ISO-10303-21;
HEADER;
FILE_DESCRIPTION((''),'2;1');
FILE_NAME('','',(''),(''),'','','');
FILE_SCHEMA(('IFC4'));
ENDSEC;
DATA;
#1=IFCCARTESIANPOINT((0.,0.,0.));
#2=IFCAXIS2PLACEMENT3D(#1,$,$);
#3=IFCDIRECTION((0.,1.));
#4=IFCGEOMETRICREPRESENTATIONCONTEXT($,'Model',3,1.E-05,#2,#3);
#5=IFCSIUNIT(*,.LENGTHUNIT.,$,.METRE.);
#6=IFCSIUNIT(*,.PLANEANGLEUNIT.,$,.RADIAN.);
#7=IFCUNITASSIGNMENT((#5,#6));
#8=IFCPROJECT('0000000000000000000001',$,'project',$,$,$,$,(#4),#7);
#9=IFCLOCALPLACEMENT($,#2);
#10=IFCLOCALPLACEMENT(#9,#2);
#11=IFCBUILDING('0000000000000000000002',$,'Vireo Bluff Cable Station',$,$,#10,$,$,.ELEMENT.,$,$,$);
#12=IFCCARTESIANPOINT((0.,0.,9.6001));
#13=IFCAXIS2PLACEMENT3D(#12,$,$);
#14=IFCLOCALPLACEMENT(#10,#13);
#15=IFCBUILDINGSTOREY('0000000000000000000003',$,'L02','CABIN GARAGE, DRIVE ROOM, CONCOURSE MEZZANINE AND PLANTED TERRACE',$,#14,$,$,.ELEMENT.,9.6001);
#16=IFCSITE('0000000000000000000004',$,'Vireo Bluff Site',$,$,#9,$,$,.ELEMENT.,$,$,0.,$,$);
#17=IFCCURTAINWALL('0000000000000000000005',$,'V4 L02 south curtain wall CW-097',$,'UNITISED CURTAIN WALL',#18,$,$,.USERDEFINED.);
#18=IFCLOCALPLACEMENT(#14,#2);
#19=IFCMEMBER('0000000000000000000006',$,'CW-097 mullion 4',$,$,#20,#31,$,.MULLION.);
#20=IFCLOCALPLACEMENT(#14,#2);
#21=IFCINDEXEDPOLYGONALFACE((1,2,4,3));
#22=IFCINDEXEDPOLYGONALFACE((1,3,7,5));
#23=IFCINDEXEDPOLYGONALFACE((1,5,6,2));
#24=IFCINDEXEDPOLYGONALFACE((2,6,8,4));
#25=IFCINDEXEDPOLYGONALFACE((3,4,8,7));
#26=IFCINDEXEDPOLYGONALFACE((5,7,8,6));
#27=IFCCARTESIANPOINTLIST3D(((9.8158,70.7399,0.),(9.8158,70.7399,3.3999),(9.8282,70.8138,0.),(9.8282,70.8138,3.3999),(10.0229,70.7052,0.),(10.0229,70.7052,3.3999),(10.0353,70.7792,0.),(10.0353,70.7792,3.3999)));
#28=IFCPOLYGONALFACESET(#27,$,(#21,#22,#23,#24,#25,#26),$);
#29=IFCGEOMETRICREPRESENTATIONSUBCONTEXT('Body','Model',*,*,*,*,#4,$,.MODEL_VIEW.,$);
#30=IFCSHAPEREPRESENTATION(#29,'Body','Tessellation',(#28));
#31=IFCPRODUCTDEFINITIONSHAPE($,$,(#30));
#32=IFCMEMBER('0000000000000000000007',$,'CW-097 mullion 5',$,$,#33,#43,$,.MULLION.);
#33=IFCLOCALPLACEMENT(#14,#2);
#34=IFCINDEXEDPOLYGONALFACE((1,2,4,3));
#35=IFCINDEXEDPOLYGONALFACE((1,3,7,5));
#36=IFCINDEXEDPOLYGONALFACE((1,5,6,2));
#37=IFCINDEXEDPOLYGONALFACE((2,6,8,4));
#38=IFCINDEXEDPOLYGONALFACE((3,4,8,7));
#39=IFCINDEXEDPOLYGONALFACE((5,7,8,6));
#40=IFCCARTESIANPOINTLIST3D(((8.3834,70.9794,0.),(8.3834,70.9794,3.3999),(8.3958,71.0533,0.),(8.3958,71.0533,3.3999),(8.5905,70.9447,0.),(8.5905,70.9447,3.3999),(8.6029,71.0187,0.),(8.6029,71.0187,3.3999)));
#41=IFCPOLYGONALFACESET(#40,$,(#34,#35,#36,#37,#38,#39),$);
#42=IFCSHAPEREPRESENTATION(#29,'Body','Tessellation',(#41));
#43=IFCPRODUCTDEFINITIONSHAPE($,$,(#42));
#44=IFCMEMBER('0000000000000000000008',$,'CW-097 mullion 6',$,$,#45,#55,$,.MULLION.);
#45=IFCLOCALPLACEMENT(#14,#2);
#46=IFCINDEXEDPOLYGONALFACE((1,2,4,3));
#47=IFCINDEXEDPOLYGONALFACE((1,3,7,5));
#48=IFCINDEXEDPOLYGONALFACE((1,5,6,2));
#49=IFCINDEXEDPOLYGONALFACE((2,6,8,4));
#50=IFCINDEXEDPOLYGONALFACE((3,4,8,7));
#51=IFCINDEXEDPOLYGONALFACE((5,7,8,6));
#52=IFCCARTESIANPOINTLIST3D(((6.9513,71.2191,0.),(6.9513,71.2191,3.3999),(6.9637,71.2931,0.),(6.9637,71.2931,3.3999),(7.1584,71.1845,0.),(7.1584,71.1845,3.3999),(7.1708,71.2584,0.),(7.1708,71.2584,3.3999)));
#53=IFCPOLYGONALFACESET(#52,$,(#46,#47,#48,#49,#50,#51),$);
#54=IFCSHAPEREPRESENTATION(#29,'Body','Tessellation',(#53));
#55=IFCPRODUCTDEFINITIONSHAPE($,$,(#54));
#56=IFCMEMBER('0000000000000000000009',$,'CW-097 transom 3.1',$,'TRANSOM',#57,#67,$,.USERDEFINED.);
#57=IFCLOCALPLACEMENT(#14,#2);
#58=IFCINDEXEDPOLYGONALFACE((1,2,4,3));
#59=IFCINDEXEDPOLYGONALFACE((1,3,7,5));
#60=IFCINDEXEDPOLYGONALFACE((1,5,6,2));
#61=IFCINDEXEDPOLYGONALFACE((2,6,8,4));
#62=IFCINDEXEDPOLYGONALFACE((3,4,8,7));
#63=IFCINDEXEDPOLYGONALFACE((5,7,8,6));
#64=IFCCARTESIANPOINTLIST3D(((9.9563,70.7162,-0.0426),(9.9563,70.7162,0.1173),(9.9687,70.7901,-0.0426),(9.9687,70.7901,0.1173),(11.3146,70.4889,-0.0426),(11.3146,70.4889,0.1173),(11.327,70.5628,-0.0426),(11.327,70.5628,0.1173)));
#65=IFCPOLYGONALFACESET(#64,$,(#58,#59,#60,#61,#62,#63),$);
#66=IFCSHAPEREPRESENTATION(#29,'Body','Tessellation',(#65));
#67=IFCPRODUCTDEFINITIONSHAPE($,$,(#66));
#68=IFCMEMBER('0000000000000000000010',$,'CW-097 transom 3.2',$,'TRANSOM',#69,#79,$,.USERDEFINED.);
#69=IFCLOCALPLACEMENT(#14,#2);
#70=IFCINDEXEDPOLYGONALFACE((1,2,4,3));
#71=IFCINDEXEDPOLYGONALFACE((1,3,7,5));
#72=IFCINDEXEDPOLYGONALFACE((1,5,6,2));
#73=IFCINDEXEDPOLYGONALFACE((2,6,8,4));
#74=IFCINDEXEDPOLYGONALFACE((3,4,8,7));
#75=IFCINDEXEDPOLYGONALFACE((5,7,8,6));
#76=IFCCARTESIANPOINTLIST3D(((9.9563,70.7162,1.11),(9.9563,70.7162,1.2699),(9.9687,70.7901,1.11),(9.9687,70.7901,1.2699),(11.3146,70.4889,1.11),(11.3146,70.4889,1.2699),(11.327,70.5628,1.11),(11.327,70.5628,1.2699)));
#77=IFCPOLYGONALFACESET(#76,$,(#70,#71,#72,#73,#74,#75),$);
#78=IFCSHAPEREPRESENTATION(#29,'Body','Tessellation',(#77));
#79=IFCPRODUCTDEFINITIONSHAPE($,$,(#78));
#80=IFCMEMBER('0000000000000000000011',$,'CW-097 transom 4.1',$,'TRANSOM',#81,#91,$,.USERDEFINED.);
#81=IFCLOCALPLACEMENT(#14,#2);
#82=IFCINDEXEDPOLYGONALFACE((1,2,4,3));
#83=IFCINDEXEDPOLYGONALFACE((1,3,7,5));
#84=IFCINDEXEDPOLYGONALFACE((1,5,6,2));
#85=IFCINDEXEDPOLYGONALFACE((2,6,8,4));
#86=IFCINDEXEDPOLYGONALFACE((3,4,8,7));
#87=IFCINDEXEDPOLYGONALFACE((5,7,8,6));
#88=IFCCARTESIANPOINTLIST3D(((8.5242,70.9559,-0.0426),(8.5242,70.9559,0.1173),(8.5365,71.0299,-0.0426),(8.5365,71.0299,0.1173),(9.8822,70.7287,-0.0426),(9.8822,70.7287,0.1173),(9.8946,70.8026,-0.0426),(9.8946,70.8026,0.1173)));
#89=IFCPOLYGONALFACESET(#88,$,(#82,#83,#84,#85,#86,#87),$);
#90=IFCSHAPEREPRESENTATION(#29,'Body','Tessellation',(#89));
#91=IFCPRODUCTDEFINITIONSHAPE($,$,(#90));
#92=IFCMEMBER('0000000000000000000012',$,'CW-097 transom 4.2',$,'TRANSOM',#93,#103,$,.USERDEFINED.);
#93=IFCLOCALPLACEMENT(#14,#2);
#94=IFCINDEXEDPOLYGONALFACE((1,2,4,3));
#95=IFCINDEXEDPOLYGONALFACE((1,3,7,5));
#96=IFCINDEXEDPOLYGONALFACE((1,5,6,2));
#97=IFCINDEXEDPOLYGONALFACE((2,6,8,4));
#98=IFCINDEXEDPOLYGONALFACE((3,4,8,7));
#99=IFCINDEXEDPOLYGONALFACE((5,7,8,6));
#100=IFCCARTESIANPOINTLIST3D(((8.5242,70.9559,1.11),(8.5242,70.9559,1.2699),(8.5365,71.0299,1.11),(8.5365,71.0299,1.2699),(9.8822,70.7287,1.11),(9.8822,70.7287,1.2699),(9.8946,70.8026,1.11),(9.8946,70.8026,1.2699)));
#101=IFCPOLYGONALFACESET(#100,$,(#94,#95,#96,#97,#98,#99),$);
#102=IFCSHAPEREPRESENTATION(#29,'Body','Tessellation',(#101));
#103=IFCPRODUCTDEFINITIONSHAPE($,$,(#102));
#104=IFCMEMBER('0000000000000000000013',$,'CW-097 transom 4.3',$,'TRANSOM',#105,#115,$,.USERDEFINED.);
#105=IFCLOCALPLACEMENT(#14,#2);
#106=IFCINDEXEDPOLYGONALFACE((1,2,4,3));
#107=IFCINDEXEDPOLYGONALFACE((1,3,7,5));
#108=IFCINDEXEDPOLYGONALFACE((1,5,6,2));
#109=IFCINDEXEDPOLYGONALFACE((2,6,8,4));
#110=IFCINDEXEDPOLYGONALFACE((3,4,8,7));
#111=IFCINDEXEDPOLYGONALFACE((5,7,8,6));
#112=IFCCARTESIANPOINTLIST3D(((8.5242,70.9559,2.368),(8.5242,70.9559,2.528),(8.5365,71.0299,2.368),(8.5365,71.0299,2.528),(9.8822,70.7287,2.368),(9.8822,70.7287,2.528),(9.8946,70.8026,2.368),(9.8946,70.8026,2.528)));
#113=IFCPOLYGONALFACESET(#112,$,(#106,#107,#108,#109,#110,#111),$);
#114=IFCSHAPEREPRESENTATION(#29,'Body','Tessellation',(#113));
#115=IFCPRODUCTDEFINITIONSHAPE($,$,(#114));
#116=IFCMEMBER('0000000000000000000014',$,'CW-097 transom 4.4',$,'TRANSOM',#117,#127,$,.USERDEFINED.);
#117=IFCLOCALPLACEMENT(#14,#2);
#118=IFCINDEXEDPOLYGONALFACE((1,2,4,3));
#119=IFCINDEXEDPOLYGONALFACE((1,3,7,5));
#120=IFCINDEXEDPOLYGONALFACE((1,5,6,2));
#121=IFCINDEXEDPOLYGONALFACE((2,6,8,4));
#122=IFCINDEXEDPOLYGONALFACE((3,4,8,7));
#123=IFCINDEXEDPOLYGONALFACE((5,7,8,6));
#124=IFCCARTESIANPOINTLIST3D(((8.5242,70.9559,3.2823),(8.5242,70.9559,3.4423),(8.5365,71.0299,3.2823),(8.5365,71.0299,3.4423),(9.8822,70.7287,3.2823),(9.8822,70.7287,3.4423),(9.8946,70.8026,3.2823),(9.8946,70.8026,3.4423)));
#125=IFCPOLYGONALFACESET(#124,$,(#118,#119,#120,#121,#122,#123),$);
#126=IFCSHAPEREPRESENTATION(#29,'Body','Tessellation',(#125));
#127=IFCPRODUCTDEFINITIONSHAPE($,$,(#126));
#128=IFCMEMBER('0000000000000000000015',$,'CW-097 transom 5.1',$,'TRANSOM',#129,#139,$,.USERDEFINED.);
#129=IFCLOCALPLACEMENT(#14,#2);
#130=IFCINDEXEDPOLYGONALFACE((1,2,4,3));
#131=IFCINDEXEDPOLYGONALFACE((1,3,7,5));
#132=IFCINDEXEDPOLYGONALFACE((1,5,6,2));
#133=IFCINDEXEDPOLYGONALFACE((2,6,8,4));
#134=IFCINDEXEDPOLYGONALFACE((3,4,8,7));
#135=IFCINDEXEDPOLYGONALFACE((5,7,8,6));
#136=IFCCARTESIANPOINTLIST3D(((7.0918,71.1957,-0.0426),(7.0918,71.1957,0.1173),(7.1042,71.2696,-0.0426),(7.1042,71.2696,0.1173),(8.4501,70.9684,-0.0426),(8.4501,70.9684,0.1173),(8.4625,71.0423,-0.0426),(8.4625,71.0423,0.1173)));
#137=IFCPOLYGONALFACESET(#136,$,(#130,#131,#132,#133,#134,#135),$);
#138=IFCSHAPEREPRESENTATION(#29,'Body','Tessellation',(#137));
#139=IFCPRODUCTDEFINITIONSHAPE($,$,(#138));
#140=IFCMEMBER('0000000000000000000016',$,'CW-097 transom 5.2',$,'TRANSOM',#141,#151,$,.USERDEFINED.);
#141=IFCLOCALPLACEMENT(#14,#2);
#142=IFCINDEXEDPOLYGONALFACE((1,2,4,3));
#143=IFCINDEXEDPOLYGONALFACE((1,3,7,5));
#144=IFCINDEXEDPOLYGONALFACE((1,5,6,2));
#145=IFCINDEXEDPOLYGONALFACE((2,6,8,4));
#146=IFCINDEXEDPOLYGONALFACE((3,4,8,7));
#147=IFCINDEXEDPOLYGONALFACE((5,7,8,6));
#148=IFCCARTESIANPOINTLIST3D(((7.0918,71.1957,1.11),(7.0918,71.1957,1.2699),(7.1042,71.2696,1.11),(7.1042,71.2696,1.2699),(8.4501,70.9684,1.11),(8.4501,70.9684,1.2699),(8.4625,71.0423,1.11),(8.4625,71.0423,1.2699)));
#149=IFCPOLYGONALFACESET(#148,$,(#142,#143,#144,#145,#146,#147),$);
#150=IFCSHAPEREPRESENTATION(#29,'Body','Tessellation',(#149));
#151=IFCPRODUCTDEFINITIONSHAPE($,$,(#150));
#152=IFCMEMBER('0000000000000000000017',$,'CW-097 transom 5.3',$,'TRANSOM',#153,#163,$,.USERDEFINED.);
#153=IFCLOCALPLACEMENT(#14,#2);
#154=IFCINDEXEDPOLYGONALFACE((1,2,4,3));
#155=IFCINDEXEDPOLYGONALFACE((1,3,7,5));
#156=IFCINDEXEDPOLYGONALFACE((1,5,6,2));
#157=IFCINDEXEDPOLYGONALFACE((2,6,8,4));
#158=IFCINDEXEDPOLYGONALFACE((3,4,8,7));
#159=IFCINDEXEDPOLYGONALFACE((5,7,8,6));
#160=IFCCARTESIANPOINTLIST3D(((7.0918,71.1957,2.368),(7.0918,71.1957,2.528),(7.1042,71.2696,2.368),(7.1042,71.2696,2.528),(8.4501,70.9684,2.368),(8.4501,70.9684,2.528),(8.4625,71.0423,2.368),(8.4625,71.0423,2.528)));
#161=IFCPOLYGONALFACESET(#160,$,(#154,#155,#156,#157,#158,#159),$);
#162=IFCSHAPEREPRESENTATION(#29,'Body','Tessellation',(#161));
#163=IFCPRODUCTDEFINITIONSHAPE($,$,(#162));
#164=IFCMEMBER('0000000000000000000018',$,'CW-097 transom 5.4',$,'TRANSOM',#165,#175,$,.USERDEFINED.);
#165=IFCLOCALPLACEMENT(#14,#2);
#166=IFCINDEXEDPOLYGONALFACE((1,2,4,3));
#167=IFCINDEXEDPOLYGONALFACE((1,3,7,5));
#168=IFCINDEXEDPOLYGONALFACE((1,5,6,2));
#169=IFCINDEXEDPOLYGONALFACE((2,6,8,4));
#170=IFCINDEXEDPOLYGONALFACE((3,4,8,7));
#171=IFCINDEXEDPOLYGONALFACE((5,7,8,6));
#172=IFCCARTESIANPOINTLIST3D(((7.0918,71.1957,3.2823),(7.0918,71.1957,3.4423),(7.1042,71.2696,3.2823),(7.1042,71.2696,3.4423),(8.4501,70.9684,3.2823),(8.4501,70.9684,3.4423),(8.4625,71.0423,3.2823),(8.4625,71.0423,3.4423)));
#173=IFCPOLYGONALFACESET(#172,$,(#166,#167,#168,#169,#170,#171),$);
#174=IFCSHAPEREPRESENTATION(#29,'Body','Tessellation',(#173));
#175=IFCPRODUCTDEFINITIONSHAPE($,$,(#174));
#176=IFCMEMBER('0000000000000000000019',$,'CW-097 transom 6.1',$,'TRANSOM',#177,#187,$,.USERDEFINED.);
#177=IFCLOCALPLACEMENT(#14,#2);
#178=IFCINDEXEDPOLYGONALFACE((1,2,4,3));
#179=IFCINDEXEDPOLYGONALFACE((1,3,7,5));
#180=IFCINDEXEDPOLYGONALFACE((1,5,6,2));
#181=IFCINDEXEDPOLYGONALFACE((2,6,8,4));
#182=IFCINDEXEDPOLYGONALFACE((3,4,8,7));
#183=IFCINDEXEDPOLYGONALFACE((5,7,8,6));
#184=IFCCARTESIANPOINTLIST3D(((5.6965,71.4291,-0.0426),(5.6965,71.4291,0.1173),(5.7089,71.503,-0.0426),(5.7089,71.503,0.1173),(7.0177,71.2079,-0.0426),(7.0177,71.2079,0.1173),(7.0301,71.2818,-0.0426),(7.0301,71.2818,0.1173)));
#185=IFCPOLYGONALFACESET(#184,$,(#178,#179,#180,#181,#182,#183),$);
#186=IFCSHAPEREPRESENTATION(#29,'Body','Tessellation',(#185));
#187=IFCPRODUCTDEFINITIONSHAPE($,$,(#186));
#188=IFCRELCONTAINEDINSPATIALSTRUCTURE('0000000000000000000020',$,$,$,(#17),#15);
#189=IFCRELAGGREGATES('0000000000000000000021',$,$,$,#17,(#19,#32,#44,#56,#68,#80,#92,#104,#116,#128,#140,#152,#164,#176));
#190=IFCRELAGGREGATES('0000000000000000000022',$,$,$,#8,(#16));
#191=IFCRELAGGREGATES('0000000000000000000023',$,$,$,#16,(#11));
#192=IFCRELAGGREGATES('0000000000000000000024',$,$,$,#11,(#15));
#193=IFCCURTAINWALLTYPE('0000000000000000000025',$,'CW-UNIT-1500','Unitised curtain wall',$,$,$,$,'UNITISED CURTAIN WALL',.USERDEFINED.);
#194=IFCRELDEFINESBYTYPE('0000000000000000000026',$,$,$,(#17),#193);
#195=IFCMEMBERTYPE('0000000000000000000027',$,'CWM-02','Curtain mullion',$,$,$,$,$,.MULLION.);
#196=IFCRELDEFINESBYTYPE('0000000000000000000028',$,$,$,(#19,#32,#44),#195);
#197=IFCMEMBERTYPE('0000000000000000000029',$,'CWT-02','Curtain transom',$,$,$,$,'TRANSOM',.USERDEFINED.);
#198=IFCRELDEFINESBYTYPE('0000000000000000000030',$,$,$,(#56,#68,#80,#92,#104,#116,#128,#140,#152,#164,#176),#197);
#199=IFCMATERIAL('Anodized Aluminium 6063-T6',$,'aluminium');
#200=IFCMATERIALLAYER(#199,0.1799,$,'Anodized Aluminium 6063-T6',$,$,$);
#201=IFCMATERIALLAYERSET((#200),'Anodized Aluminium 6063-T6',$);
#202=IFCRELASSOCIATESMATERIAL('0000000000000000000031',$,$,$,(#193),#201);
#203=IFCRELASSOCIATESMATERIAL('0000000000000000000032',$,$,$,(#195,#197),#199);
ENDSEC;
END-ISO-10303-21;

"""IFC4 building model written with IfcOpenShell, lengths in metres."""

from ifc_helpers import new_model, si_unit, direction, frame, origin, origin_2d, place, context, subcontext, project, spatial, rectangle, extrude, material, layer, layer_set, material_profile, profile_set, type_object, element, aggregate, save


model = new_model("IFC4")

# Units and contexts
model_context = context("Model", 3, precision=1e-05, world=origin(), true_north=direction((0.0, 1.0)))
body_context = subcontext(model_context, "Body", "Model", "MODEL_VIEW")
ifc_project = project(units=[si_unit("LENGTHUNIT", "METRE"), si_unit("PLANEANGLEUNIT", "RADIAN")], contexts=[model_context])

# Site, building, storey
site_placement = place(None, origin())
site = spatial("IfcSite", under=ifc_project, at=site_placement, Name="Vireo Bluff Site", CompositionType="ELEMENT", RefElevation=0.0)
building_placement = place(site_placement, origin())
building = spatial("IfcBuilding", under=site, at=building_placement, Name="Vireo Bluff Cable Station", CompositionType="ELEMENT")
storey_placement = place(building_placement, frame((0.0, 0.0, 9.6001)))
storey = spatial("IfcBuildingStorey", under=building, at=storey_placement, Name="L02", Description="CABIN GARAGE, DRIVE ROOM, CONCOURSE MEZZANINE AND PLANTED TERRACE", CompositionType="ELEMENT", Elevation=9.6001)

# Curtain wall, members
ifc_material_1 = material(Name="Anodized Aluminium 6063-T6", Category="aluminium")
ifc_layer_1 = layer(ifc_material_1, 0.1799, Name="Anodized Aluminium 6063-T6")
ifc_layer_set_1 = layer_set([ifc_layer_1], Name="Anodized Aluminium 6063-T6")
curtain_wall_type = type_object("IfcCurtainWallType", Name="CW-UNIT-1500", Description="Unitised curtain wall", ElementType="UNITISED CURTAIN WALL", PredefinedType="USERDEFINED", material=ifc_layer_set_1)
curtain_wall_placement = place(storey_placement, origin())
curtain_wall = element("IfcCurtainWall", 1, at=curtain_wall_placement, inside=storey, type_object=curtain_wall_type, Name="V4 L02 south curtain wall CW-097", ObjectType="UNITISED CURTAIN WALL", PredefinedType="USERDEFINED")
ifc_material_profile_1 = material_profile(ifc_material_1, rectangle(XDim=0.075, YDim=0.21, at=origin_2d()), Name="ALU-M-75X210")
ifc_profile_set_1 = profile_set([ifc_material_profile_1], Name="Anodized Aluminium 6063-T6")
member_type_1 = type_object("IfcMemberType", Name="CWM-02", Description="Curtain mullion", PredefinedType="MULLION", material=ifc_profile_set_1)
member_1_placement = place(storey_placement, frame((9.9255, 70.7595, 0.0), z_axis=(0.0, 0.0, 1.0), x_axis=(-0.165048, -0.986286, 0.0)))
member_1 = element("IfcMember", 2, at=member_1_placement, type_object=member_type_1, Name="CW-097 mullion 4", PredefinedType="MULLION", context=body_context, shape_type="SweptSolid", body=[
    extrude(rectangle(XDim=0.075, YDim=0.21, at=origin_2d()), origin(), (0.0, 0.0, 1.0), 3.3999),
])
member_2_placement = place(storey_placement, frame((8.4932, 70.999, 0.0), z_axis=(0.0, 0.0, 1.0), x_axis=(-0.165048, -0.986286, 0.0)))
member_2 = element("IfcMember", 3, at=member_2_placement, type_object=member_type_1, Name="CW-097 mullion 5", PredefinedType="MULLION", context=body_context, shape_type="SweptSolid", body=[
    extrude(rectangle(XDim=0.075, YDim=0.21, at=origin_2d()), origin(), (0.0, 0.0, 1.0), 3.3999),
])
member_3_placement = place(storey_placement, frame((7.061, 71.2388, 0.0), z_axis=(0.0, 0.0, 1.0), x_axis=(-0.165048, -0.986286, 0.0)))
member_3 = element("IfcMember", 4, at=member_3_placement, type_object=member_type_1, Name="CW-097 mullion 6", PredefinedType="MULLION", context=body_context, shape_type="SweptSolid", body=[
    extrude(rectangle(XDim=0.075, YDim=0.21, at=origin_2d()), origin(), (0.0, 0.0, 1.0), 3.3999),
])
ifc_material_profile_2 = material_profile(ifc_material_1, rectangle(XDim=0.075, YDim=0.1599, at=origin_2d()), Name="ALU-T-75X160")
ifc_profile_set_2 = profile_set([ifc_material_profile_2], Name="Anodized Aluminium 6063-T6")
member_type_2 = type_object("IfcMemberType", Name="CWT-02", Description="Curtain transom", ElementType="TRANSOM", PredefinedType="USERDEFINED", material=ifc_profile_set_2)
member_4_placement = place(storey_placement, frame((11.3208, 70.5259, 0.0374), z_axis=(-0.986288, 0.165031, 0.0), x_axis=(-0.165031, -0.986288, 0.0)))
member_4 = element("IfcMember", 5, at=member_4_placement, type_object=member_type_2, Name="CW-097 transom 3.1", ObjectType="TRANSOM", PredefinedType="USERDEFINED", context=body_context, shape_type="SweptSolid", body=[
    extrude(rectangle(XDim=0.075, YDim=0.1599, at=origin_2d()), origin(), (0.0, 0.0, 1.0), 1.3772),
])
member_5_placement = place(storey_placement, frame((11.3208, 70.5259, 1.1899), z_axis=(-0.986288, 0.165031, 0.0), x_axis=(-0.165031, -0.986288, 0.0)))
member_5 = element("IfcMember", 6, at=member_5_placement, type_object=member_type_2, Name="CW-097 transom 3.2", ObjectType="TRANSOM", PredefinedType="USERDEFINED", context=body_context, shape_type="SweptSolid", body=[
    extrude(rectangle(XDim=0.075, YDim=0.1599, at=origin_2d()), origin(), (0.0, 0.0, 1.0), 1.3772),
])
member_6_placement = place(storey_placement, frame((9.8884, 70.7656, 0.0374), z_axis=(-0.986283, 0.16506, 0.0), x_axis=(-0.16506, -0.986283, 0.0)))
member_6 = element("IfcMember", 7, at=member_6_placement, type_object=member_type_2, Name="CW-097 transom 4.1", ObjectType="TRANSOM", PredefinedType="USERDEFINED", context=body_context, shape_type="SweptSolid", body=[
    extrude(rectangle(XDim=0.075, YDim=0.1599, at=origin_2d()), origin(), (0.0, 0.0, 1.0), 1.377),
])
member_7_placement = place(storey_placement, frame((9.8884, 70.7656, 1.1899), z_axis=(-0.986283, 0.16506, 0.0), x_axis=(-0.16506, -0.986283, 0.0)))
member_7 = element("IfcMember", 8, at=member_7_placement, type_object=member_type_2, Name="CW-097 transom 4.2", ObjectType="TRANSOM", PredefinedType="USERDEFINED", context=body_context, shape_type="SweptSolid", body=[
    extrude(rectangle(XDim=0.075, YDim=0.1599, at=origin_2d()), origin(), (0.0, 0.0, 1.0), 1.377),
])
member_8_placement = place(storey_placement, frame((9.8884, 70.7656, 2.448), z_axis=(-0.986283, 0.16506, 0.0), x_axis=(-0.16506, -0.986283, 0.0)))
member_8 = element("IfcMember", 9, at=member_8_placement, type_object=member_type_2, Name="CW-097 transom 4.3", ObjectType="TRANSOM", PredefinedType="USERDEFINED", context=body_context, shape_type="SweptSolid", body=[
    extrude(rectangle(XDim=0.075, YDim=0.1599, at=origin_2d()), origin(), (0.0, 0.0, 1.0), 1.377),
])
member_9_placement = place(storey_placement, frame((9.8884, 70.7656, 3.3623), z_axis=(-0.986283, 0.16506, 0.0), x_axis=(-0.16506, -0.986283, 0.0)))
member_9 = element("IfcMember", 10, at=member_9_placement, type_object=member_type_2, Name="CW-097 transom 4.4", ObjectType="TRANSOM", PredefinedType="USERDEFINED", context=body_context, shape_type="SweptSolid", body=[
    extrude(rectangle(XDim=0.075, YDim=0.1599, at=origin_2d()), origin(), (0.0, 0.0, 1.0), 1.377),
])
member_10_placement = place(storey_placement, frame((8.4563, 71.0054, 0.0374), z_axis=(-0.986288, 0.165031, 0.0), x_axis=(-0.165031, -0.986288, 0.0)))
member_10 = element("IfcMember", 11, at=member_10_placement, type_object=member_type_2, Name="CW-097 transom 5.1", ObjectType="TRANSOM", PredefinedType="USERDEFINED", context=body_context, shape_type="SweptSolid", body=[
    extrude(rectangle(XDim=0.075, YDim=0.1599, at=origin_2d()), origin(), (0.0, 0.0, 1.0), 1.3772),
])
member_11_placement = place(storey_placement, frame((8.4563, 71.0054, 1.1899), z_axis=(-0.986288, 0.165031, 0.0), x_axis=(-0.165031, -0.986288, 0.0)))
member_11 = element("IfcMember", 12, at=member_11_placement, type_object=member_type_2, Name="CW-097 transom 5.2", ObjectType="TRANSOM", PredefinedType="USERDEFINED", context=body_context, shape_type="SweptSolid", body=[
    extrude(rectangle(XDim=0.075, YDim=0.1599, at=origin_2d()), origin(), (0.0, 0.0, 1.0), 1.3772),
])
member_12_placement = place(storey_placement, frame((8.4563, 71.0054, 2.448), z_axis=(-0.986288, 0.165031, 0.0), x_axis=(-0.165031, -0.986288, 0.0)))
member_12 = element("IfcMember", 13, at=member_12_placement, type_object=member_type_2, Name="CW-097 transom 5.3", ObjectType="TRANSOM", PredefinedType="USERDEFINED", context=body_context, shape_type="SweptSolid", body=[
    extrude(rectangle(XDim=0.075, YDim=0.1599, at=origin_2d()), origin(), (0.0, 0.0, 1.0), 1.3772),
])
member_13_placement = place(storey_placement, frame((8.4563, 71.0054, 3.3623), z_axis=(-0.986288, 0.165031, 0.0), x_axis=(-0.165031, -0.986288, 0.0)))
member_13 = element("IfcMember", 14, at=member_13_placement, type_object=member_type_2, Name="CW-097 transom 5.4", ObjectType="TRANSOM", PredefinedType="USERDEFINED", context=body_context, shape_type="SweptSolid", body=[
    extrude(rectangle(XDim=0.075, YDim=0.1599, at=origin_2d()), origin(), (0.0, 0.0, 1.0), 1.3772),
])
member_14_placement = place(storey_placement, frame((7.0239, 71.2449, 0.0374), z_axis=(-0.986275, 0.165108, 0.0), x_axis=(-0.165108, -0.986275, 0.0)))
member_14 = element("IfcMember", 15, at=member_14_placement, type_object=member_type_2, Name="CW-097 transom 6.1", ObjectType="TRANSOM", PredefinedType="USERDEFINED", context=body_context, shape_type="SweptSolid", body=[
    extrude(rectangle(XDim=0.075, YDim=0.1599, at=origin_2d()), origin(), (0.0, 0.0, 1.0), 1.3396),
])
aggregate(curtain_wall, [member_1, member_2, member_3, member_4, member_5, member_6, member_7, member_8, member_9, member_10, member_11, member_12, member_13, member_14])

save(model, "model.ifc")
